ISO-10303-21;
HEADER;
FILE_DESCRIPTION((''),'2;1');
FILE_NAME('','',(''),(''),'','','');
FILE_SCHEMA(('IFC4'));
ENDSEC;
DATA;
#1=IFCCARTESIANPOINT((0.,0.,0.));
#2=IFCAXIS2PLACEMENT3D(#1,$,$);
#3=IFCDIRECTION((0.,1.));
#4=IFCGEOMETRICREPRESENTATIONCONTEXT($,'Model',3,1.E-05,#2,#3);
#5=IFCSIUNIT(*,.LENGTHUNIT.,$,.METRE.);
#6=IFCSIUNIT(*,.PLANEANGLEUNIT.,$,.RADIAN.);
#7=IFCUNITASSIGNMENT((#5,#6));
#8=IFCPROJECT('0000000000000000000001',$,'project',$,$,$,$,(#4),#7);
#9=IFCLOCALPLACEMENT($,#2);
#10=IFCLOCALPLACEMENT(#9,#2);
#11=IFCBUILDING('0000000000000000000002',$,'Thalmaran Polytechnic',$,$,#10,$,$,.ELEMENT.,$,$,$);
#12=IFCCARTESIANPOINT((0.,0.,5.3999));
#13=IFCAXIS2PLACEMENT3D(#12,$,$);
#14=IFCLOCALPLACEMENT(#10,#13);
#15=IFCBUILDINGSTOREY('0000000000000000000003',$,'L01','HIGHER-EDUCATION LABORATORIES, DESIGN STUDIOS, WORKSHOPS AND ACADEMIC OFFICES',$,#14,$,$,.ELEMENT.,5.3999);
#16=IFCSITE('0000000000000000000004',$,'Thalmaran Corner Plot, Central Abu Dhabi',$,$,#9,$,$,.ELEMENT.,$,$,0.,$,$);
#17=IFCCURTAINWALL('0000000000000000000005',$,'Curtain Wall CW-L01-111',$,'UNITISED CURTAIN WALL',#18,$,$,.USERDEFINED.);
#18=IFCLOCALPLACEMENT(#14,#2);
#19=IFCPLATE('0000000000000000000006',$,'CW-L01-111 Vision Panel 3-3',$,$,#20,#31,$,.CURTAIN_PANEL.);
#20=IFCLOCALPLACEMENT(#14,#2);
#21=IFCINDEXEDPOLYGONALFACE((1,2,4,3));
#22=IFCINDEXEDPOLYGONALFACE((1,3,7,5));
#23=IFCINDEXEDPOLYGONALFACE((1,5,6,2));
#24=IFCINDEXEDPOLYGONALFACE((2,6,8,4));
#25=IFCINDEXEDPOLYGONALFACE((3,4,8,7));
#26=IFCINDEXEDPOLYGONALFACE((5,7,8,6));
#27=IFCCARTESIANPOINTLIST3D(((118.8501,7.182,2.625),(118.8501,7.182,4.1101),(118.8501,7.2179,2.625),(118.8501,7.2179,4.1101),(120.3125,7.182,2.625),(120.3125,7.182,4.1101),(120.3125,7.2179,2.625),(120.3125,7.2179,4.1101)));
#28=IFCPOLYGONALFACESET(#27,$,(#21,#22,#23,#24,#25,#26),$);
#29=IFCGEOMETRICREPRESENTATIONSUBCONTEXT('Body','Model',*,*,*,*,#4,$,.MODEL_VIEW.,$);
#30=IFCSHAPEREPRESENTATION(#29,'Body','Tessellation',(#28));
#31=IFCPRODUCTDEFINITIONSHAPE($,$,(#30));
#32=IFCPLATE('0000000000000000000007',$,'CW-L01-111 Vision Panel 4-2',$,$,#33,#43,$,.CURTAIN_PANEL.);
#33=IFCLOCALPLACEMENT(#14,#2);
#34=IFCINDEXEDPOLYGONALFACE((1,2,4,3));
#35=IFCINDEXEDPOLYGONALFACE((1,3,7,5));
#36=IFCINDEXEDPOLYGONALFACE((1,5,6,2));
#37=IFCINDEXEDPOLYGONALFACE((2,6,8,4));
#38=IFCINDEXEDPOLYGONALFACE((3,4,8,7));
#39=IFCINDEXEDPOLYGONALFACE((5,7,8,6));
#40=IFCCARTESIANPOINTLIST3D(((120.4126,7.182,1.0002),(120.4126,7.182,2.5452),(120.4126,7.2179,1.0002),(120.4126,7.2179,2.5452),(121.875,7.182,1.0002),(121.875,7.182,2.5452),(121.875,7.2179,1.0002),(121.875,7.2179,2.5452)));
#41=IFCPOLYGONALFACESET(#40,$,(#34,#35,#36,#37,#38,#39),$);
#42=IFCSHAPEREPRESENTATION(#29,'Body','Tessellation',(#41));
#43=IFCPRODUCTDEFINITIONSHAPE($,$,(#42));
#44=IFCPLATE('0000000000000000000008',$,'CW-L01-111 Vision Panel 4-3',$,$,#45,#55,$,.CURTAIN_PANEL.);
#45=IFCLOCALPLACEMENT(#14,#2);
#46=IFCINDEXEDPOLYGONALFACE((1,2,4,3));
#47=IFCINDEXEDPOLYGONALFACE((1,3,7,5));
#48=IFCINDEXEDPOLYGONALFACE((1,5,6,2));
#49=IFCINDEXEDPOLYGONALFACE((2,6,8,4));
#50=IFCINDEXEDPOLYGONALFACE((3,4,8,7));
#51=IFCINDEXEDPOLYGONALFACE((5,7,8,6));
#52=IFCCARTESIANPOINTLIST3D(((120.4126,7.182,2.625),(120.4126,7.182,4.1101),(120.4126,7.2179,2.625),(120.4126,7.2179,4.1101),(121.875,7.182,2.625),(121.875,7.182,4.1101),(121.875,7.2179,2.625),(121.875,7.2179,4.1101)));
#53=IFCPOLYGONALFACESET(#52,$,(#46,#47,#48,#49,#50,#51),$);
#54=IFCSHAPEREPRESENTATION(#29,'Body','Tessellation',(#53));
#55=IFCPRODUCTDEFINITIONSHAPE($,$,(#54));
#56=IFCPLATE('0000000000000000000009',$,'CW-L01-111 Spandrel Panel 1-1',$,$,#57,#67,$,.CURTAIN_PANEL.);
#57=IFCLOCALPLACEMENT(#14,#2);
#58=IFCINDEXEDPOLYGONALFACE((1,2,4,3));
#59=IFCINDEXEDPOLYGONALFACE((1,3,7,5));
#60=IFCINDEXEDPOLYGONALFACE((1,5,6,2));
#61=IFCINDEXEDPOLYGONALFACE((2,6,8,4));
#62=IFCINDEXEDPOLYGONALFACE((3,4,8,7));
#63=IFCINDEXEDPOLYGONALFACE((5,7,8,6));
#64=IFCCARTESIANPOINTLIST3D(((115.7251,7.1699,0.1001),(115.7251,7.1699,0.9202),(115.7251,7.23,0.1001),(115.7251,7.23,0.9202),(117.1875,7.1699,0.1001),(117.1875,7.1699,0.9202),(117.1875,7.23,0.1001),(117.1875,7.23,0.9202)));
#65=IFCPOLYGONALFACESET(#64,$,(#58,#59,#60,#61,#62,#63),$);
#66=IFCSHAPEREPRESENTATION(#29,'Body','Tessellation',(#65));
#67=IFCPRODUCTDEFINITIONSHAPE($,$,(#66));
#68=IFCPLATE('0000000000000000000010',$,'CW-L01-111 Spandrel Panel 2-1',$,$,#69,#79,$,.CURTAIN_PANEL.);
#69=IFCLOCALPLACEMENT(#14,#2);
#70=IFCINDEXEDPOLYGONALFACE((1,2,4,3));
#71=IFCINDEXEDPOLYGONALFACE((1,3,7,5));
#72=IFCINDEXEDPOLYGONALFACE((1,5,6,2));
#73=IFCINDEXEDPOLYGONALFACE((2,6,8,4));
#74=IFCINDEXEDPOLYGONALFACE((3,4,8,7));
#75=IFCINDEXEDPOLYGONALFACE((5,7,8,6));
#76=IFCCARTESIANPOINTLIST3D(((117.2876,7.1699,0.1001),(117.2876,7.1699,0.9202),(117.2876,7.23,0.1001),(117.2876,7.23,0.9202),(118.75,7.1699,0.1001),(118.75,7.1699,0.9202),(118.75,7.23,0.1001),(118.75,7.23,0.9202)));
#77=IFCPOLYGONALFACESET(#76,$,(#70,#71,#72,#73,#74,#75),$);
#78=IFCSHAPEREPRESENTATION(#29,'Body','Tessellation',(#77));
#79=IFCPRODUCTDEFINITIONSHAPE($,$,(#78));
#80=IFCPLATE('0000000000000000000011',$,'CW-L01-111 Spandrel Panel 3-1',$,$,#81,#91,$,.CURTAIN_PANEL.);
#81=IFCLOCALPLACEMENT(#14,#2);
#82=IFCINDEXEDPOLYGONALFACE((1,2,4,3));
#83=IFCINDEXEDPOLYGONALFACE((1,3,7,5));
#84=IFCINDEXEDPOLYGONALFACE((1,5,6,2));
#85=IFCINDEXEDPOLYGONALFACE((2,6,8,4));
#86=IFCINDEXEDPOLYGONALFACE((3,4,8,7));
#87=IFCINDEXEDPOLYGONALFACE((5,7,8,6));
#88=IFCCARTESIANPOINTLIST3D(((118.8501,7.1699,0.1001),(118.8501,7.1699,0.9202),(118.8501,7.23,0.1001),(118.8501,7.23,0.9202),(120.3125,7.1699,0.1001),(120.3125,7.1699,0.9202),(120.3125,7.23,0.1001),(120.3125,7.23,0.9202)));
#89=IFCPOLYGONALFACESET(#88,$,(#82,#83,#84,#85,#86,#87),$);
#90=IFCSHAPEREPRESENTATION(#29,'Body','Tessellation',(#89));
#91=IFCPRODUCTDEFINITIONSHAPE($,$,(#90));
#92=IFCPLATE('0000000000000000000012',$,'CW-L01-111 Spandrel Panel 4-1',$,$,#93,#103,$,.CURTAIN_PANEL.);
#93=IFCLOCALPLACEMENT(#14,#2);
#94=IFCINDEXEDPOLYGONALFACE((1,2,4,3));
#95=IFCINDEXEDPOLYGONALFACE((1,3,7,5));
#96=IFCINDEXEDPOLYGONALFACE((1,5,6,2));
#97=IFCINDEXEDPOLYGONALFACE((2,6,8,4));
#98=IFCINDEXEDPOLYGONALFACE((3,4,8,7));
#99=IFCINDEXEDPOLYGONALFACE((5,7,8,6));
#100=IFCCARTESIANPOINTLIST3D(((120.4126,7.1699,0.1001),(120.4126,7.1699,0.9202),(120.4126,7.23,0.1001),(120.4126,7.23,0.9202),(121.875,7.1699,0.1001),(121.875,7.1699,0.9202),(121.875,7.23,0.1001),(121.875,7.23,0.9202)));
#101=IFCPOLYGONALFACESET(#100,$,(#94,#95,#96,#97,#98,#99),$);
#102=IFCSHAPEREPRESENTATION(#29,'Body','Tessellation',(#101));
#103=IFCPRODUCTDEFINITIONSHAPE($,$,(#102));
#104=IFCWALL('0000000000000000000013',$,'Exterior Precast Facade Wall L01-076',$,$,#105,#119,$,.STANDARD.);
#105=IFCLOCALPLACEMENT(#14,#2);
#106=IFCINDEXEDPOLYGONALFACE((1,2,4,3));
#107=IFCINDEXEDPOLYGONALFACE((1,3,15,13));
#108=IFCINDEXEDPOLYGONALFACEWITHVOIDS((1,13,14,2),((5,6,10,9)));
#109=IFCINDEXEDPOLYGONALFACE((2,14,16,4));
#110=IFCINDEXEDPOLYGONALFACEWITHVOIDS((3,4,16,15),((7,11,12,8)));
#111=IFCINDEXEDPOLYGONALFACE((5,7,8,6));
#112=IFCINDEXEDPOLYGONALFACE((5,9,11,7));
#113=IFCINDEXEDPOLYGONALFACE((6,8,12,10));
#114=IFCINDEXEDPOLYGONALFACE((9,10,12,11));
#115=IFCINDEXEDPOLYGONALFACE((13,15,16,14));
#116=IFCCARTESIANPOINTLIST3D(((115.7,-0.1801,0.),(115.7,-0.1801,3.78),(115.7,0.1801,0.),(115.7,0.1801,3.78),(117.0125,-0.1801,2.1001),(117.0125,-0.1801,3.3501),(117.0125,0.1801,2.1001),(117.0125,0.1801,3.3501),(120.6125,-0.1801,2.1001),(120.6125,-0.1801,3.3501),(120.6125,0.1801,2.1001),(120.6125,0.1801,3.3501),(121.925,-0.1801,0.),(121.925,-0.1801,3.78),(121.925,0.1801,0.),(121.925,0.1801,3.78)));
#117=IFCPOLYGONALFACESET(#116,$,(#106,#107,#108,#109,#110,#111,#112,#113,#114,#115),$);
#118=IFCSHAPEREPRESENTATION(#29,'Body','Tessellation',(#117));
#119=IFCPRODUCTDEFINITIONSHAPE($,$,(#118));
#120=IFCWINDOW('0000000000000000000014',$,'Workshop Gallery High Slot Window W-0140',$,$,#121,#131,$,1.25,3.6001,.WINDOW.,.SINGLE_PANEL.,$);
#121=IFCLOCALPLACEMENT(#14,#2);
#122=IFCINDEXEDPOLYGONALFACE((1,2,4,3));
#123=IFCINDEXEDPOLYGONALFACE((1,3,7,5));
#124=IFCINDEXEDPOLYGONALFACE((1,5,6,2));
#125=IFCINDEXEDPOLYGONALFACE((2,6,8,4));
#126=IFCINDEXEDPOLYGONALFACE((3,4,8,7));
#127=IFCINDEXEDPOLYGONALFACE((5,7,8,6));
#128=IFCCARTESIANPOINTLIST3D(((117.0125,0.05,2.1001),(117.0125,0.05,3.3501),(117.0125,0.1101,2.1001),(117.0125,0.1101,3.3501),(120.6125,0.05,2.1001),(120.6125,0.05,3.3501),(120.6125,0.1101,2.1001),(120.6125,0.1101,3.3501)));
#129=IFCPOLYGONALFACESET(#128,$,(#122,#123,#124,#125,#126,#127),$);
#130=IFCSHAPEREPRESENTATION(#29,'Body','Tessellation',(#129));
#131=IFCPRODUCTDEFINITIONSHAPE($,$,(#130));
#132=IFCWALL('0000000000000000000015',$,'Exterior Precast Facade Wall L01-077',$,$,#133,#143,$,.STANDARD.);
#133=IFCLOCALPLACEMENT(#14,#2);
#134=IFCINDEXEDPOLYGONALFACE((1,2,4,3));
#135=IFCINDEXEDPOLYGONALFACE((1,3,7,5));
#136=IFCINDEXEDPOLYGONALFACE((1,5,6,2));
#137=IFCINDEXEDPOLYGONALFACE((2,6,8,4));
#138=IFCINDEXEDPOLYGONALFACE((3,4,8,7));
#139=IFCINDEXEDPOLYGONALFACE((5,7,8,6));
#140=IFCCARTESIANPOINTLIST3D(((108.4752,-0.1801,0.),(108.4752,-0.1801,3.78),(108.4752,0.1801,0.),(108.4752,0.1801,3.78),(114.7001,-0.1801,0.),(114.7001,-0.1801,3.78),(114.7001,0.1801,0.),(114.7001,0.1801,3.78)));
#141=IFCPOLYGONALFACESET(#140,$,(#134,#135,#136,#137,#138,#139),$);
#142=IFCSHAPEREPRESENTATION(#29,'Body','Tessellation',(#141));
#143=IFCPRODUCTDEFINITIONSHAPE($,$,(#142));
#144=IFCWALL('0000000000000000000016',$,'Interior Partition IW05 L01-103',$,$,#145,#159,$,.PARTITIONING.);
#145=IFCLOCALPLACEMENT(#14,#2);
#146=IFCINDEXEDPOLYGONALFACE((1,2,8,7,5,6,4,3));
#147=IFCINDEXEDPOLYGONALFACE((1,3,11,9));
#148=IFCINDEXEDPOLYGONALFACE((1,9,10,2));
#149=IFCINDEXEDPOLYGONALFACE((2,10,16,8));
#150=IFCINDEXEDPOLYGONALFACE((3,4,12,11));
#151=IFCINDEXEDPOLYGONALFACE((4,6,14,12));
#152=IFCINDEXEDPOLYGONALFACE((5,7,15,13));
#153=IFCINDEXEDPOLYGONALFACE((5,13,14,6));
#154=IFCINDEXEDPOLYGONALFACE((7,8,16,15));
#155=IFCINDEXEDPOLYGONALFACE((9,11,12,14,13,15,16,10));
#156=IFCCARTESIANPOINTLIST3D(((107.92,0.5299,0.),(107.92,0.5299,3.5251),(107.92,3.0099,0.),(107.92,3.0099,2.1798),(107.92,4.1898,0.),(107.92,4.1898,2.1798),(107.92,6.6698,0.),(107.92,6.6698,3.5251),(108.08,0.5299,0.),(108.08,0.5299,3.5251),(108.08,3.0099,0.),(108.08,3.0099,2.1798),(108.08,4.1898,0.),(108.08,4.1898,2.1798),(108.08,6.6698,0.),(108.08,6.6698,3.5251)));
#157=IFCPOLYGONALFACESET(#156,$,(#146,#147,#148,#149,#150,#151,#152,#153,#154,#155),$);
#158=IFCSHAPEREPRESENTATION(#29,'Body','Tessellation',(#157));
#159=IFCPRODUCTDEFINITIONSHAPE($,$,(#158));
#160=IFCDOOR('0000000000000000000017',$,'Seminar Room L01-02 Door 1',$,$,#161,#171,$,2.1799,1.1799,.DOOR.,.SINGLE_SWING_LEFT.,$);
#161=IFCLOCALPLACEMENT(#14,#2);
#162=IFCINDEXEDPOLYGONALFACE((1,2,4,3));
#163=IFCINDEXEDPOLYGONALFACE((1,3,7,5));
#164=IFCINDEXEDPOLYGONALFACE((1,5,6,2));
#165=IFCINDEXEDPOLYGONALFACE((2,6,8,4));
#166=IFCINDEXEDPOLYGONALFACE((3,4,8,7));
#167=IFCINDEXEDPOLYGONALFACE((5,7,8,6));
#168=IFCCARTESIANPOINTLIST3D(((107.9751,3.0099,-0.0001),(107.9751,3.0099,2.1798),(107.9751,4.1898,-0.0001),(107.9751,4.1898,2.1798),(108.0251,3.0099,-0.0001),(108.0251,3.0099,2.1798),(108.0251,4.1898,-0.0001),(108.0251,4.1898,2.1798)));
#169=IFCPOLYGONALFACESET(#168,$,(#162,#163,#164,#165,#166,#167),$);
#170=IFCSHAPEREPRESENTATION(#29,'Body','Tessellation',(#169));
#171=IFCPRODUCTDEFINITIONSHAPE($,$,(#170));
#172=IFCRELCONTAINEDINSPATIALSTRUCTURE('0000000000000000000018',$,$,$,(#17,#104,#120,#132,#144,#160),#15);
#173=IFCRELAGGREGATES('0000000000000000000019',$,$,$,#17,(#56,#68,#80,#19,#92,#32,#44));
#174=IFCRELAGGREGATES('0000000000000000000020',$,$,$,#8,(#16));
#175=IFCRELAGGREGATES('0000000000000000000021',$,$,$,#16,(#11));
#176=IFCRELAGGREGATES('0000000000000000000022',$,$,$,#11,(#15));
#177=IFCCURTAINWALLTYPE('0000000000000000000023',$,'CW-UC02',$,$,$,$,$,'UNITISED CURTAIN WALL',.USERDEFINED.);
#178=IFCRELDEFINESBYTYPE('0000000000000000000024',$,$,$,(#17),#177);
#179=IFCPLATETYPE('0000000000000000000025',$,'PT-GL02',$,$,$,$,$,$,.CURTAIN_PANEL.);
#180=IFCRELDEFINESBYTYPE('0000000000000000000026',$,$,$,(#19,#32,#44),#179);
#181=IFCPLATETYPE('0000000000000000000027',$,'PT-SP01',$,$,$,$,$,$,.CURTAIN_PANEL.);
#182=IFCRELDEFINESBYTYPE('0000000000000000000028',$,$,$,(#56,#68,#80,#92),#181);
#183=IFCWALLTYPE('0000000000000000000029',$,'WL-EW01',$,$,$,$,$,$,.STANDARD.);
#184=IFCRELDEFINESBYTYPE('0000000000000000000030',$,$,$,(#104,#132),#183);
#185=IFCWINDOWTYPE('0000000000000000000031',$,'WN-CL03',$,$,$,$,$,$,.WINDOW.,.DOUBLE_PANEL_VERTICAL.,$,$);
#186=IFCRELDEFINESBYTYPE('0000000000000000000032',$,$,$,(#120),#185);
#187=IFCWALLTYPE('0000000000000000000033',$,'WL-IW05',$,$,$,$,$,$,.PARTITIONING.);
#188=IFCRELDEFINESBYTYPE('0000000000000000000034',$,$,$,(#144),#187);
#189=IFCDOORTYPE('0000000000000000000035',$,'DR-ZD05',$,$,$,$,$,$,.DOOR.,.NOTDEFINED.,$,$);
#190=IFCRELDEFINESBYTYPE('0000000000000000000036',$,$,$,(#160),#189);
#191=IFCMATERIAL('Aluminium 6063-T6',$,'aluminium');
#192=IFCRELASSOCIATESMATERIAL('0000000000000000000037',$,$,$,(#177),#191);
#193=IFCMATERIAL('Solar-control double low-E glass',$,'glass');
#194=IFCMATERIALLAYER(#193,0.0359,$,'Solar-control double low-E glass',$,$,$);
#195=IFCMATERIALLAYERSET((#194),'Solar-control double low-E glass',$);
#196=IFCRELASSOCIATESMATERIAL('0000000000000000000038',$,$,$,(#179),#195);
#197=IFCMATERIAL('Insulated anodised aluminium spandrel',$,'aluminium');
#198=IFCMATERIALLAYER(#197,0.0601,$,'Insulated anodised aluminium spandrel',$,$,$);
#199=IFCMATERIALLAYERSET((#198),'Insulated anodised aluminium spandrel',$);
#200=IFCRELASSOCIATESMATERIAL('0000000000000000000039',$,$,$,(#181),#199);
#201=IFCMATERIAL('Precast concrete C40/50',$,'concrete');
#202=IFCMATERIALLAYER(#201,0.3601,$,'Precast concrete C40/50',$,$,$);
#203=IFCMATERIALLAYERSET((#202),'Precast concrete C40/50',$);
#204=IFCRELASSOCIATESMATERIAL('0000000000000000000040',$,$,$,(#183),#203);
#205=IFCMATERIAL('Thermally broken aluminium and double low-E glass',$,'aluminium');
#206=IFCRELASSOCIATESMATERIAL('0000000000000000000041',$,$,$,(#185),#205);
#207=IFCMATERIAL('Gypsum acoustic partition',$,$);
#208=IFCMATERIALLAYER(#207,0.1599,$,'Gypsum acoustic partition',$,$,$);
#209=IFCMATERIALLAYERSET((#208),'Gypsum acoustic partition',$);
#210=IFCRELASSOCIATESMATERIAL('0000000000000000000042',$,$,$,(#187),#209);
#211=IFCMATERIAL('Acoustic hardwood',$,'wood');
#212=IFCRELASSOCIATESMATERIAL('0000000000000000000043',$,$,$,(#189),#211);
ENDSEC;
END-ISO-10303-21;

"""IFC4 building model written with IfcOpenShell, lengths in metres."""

from ifc_helpers import new_model, si_unit, direction, frame, frame_2d, origin, origin_2d, place, context, subcontext, project, spatial, rectangle, extrude, material, layer, layer_set, type_object, element, fill, aggregate, save


model = new_model("IFC4")

# Units and contexts
model_context = context("Model", 3, precision=1e-05, world=origin(), true_north=direction((0.0, 1.0)))
body_context = subcontext(model_context, "Body", "Model", "MODEL_VIEW")
ifc_project = project(units=[si_unit("LENGTHUNIT", "METRE"), si_unit("PLANEANGLEUNIT", "RADIAN")], contexts=[model_context])

# Site, building, storey
site_placement = place(None, origin())
site = spatial("IfcSite", under=ifc_project, at=site_placement, Name="Thalmaran Corner Plot, Central Abu Dhabi", CompositionType="ELEMENT", RefElevation=0.0)
building_placement = place(site_placement, origin())
building = spatial("IfcBuilding", under=site, at=building_placement, Name="Thalmaran Polytechnic", CompositionType="ELEMENT")
storey_placement = place(building_placement, frame((0.0, 0.0, 5.3999)))
storey = spatial("IfcBuildingStorey", under=building, at=storey_placement, Name="L01", Description="HIGHER-EDUCATION LABORATORIES, DESIGN STUDIOS, WORKSHOPS AND ACADEMIC OFFICES", CompositionType="ELEMENT", Elevation=5.3999)

# Curtain wall, plates
ifc_material_1 = material(Name="Aluminium 6063-T6", Category="aluminium")
curtain_wall_type = type_object("IfcCurtainWallType", Name="CW-UC02", ElementType="UNITISED CURTAIN WALL", PredefinedType="USERDEFINED", material=ifc_material_1)
curtain_wall_placement = place(storey_placement, origin())
curtain_wall = element("IfcCurtainWall", 1, at=curtain_wall_placement, inside=storey, type_object=curtain_wall_type, Name="Curtain Wall CW-L01-111", ObjectType="UNITISED CURTAIN WALL", PredefinedType="USERDEFINED")
ifc_material_2 = material(Name="Solar-control double low-E glass", Category="glass")
ifc_layer_1 = layer(ifc_material_2, 0.0359, Name="Solar-control double low-E glass")
ifc_layer_set_1 = layer_set([ifc_layer_1], Name="Solar-control double low-E glass")
plate_type_1 = type_object("IfcPlateType", Name="PT-GL02", PredefinedType="CURTAIN_PANEL", material=ifc_layer_set_1)
plate_1_placement = place(storey_placement, frame((119.5813, 7.2, 2.625), z_axis=(0.0, 0.0, 1.0), x_axis=(1.0, 0.0, 0.0)))
plate_1 = element("IfcPlate", 2, at=plate_1_placement, type_object=plate_type_1, Name="CW-L01-111 Vision Panel 3-3", PredefinedType="CURTAIN_PANEL", context=body_context, shape_type="SweptSolid", body=[
    extrude(rectangle(XDim=1.4624, YDim=0.0359, at=origin_2d()), origin(), (0.0, 0.0, 1.0), 1.4851),
])
plate_2_placement = place(storey_placement, frame((121.1438, 7.2, 1.0002), z_axis=(0.0, 0.0, 1.0), x_axis=(1.0, 0.0, 0.0)))
plate_2 = element("IfcPlate", 3, at=plate_2_placement, type_object=plate_type_1, Name="CW-L01-111 Vision Panel 4-2", PredefinedType="CURTAIN_PANEL", context=body_context, shape_type="SweptSolid", body=[
    extrude(rectangle(XDim=1.4624, YDim=0.0359, at=origin_2d()), origin(), (0.0, 0.0, 1.0), 1.5449),
])
plate_3_placement = place(storey_placement, frame((121.1438, 7.2, 2.625), z_axis=(0.0, 0.0, 1.0), x_axis=(1.0, 0.0, 0.0)))
plate_3 = element("IfcPlate", 4, at=plate_3_placement, type_object=plate_type_1, Name="CW-L01-111 Vision Panel 4-3", PredefinedType="CURTAIN_PANEL", context=body_context, shape_type="SweptSolid", body=[
    extrude(rectangle(XDim=1.4624, YDim=0.0359, at=origin_2d()), origin(), (0.0, 0.0, 1.0), 1.4851),
])
ifc_material_3 = material(Name="Insulated anodised aluminium spandrel", Category="aluminium")
ifc_layer_2 = layer(ifc_material_3, 0.0601, Name="Insulated anodised aluminium spandrel")
ifc_layer_set_2 = layer_set([ifc_layer_2], Name="Insulated anodised aluminium spandrel")
plate_type_2 = type_object("IfcPlateType", Name="PT-SP01", PredefinedType="CURTAIN_PANEL", material=ifc_layer_set_2)
plate_4_placement = place(storey_placement, frame((116.4563, 7.2, 0.1001), z_axis=(0.0, 0.0, 1.0), x_axis=(1.0, 0.0, 0.0)))
plate_4 = element("IfcPlate", 5, at=plate_4_placement, type_object=plate_type_2, Name="CW-L01-111 Spandrel Panel 1-1", PredefinedType="CURTAIN_PANEL", context=body_context, shape_type="SweptSolid", body=[
    extrude(rectangle(XDim=1.4624, YDim=0.0601, at=origin_2d()), origin(), (0.0, 0.0, 1.0), 0.8201),
])
plate_5_placement = place(storey_placement, frame((118.0188, 7.2, 0.1001), z_axis=(0.0, 0.0, 1.0), x_axis=(1.0, 0.0, 0.0)))
plate_5 = element("IfcPlate", 6, at=plate_5_placement, type_object=plate_type_2, Name="CW-L01-111 Spandrel Panel 2-1", PredefinedType="CURTAIN_PANEL", context=body_context, shape_type="SweptSolid", body=[
    extrude(rectangle(XDim=1.4624, YDim=0.0601, at=origin_2d()), origin(), (0.0, 0.0, 1.0), 0.8201),
])
plate_6_placement = place(storey_placement, frame((119.5813, 7.2, 0.1001), z_axis=(0.0, 0.0, 1.0), x_axis=(1.0, 0.0, 0.0)))
plate_6 = element("IfcPlate", 7, at=plate_6_placement, type_object=plate_type_2, Name="CW-L01-111 Spandrel Panel 3-1", PredefinedType="CURTAIN_PANEL", context=body_context, shape_type="SweptSolid", body=[
    extrude(rectangle(XDim=1.4624, YDim=0.0601, at=origin_2d()), origin(), (0.0, 0.0, 1.0), 0.8201),
])
plate_7_placement = place(storey_placement, frame((121.1438, 7.2, 0.1001), z_axis=(0.0, 0.0, 1.0), x_axis=(1.0, 0.0, 0.0)))
plate_7 = element("IfcPlate", 8, at=plate_7_placement, type_object=plate_type_2, Name="CW-L01-111 Spandrel Panel 4-1", PredefinedType="CURTAIN_PANEL", context=body_context, shape_type="SweptSolid", body=[
    extrude(rectangle(XDim=1.4624, YDim=0.0601, at=origin_2d()), origin(), (0.0, 0.0, 1.0), 0.8201),
])
aggregate(curtain_wall, [plate_4, plate_5, plate_6, plate_1, plate_7, plate_2, plate_3])

# Wall, opening, window
ifc_material_4 = material(Name="Precast concrete C40/50", Category="concrete")
ifc_layer_3 = layer(ifc_material_4, 0.3601, Name="Precast concrete C40/50")
ifc_layer_set_3 = layer_set([ifc_layer_3], Name="Precast concrete C40/50")
wall_type_1 = type_object("IfcWallType", Name="WL-EW01", PredefinedType="STANDARD", material=ifc_layer_set_3)
wall_1_placement = place(storey_placement, frame((121.925, 0.0, 0.0), z_axis=(0.0, 0.0, 1.0), x_axis=(-1.0, 0.0, 0.0)))
wall_1 = element("IfcWall", 9, at=wall_1_placement, inside=storey, type_object=wall_type_1, Name="Exterior Precast Facade Wall L01-076", PredefinedType="STANDARD", context=body_context, shape_type="SweptSolid", body=[
    extrude(rectangle(XDim=6.2251, YDim=0.3601, at=frame_2d((3.1125, 0.0))), origin(), (0.0, 0.0, 1.0), 3.78),
])
opening_1_placement = place(wall_1_placement, frame((1.3125, 0.0, 2.1001)))
opening_1 = element("IfcOpeningElement", 10, at=opening_1_placement, cuts=wall_1, PredefinedType="OPENING", context=body_context, shape_type="SweptSolid", body=[
    extrude(rectangle(XDim=3.6001, YDim=1.25, at=frame_2d((1.8, 0.625))), frame((0.0, 0.1899, 0.0), z_axis=(0.0, -1.0, 0.0), x_axis=(1.0, 0.0, 0.0)), (0.0, 0.0, 1.0), 0.3801),
])
ifc_material_5 = material(Name="Thermally broken aluminium and double low-E glass", Category="aluminium")
window_type = type_object("IfcWindowType", Name="WN-CL03", PartitioningType="DOUBLE_PANEL_VERTICAL", PredefinedType="WINDOW", material=ifc_material_5)
window_placement = place(opening_1_placement, origin())
window = element("IfcWindow", 11, at=window_placement, inside=storey, type_object=window_type, Name="Workshop Gallery High Slot Window W-0140", OverallHeight=1.25, OverallWidth=3.6001, PartitioningType="SINGLE_PANEL", PredefinedType="WINDOW", context=body_context, shape_type="SweptSolid", body=[
    extrude(rectangle(XDim=3.6001, YDim=1.25, at=frame_2d((1.8, 0.625))), frame((0.0, -0.05, 0.0), z_axis=(0.0, -1.0, 0.0), x_axis=(1.0, 0.0, 0.0)), (0.0, 0.0, 1.0), 0.0601),
])
fill(opening_1, window)

# Wall
wall_2_placement = place(storey_placement, frame((114.7, 0.0, 0.0), z_axis=(0.0, 0.0, 1.0), x_axis=(-1.0, 0.0, 0.0)))
element("IfcWall", 12, at=wall_2_placement, inside=storey, type_object=wall_type_1, Name="Exterior Precast Facade Wall L01-077", PredefinedType="STANDARD", context=body_context, shape_type="SweptSolid", body=[
    extrude(rectangle(XDim=6.2249, YDim=0.3601, at=frame_2d((3.1123, 0.0))), origin(), (0.0, 0.0, 1.0), 3.78),
])

# Wall, opening, door
ifc_material_6 = material(Name="Gypsum acoustic partition")
ifc_layer_4 = layer(ifc_material_6, 0.1599, Name="Gypsum acoustic partition")
ifc_layer_set_4 = layer_set([ifc_layer_4], Name="Gypsum acoustic partition")
wall_type_2 = type_object("IfcWallType", Name="WL-IW05", PredefinedType="PARTITIONING", material=ifc_layer_set_4)
wall_3_placement = place(storey_placement, frame((108.0, 0.53, 0.0), z_axis=(0.0, 0.0, 1.0), x_axis=(0.0, 1.0, 0.0)))
wall_3 = element("IfcWall", 13, at=wall_3_placement, inside=storey, type_object=wall_type_2, Name="Interior Partition IW05 L01-103", PredefinedType="PARTITIONING", context=body_context, shape_type="SweptSolid", body=[
    extrude(rectangle(XDim=6.1399, YDim=0.1599, at=frame_2d((3.0698, 0.0))), origin(), (0.0, 0.0, 1.0), 3.5251),
])
opening_2_placement = place(wall_3_placement, frame((2.48, 0.0, 0.0)))
opening_2 = element("IfcOpeningElement", 14, at=opening_2_placement, cuts=wall_3, PredefinedType="OPENING", context=body_context, shape_type="SweptSolid", body=[
    extrude(rectangle(XDim=1.1799, YDim=2.1799, at=frame_2d((0.5898, 1.0898))), frame((0.0, 0.0898, 0.0), z_axis=(0.0, -1.0, 0.0), x_axis=(1.0, 0.0, 0.0)), (0.0, 0.0, 1.0), 0.1799),
])
ifc_material_7 = material(Name="Acoustic hardwood", Category="wood")
door_type = type_object("IfcDoorType", Name="DR-ZD05", OperationType="NOTDEFINED", PredefinedType="DOOR", material=ifc_material_7)
door_placement = place(opening_2_placement, origin())
door = element("IfcDoor", 15, at=door_placement, inside=storey, type_object=door_type, Name="Seminar Room L01-02 Door 1", OperationType="SINGLE_SWING_LEFT", OverallHeight=2.1799, OverallWidth=1.1799, PredefinedType="DOOR", context=body_context, shape_type="SweptSolid", body=[
    extrude(rectangle(XDim=1.1799, YDim=2.1799, at=frame_2d((0.5898, 1.0898))), frame((0.0, 0.0249, 0.0), z_axis=(0.0, -1.0, 0.0), x_axis=(1.0, 0.0, 0.0)), (0.0, 0.0, 1.0), 0.05),
])
fill(opening_2, door)

save(model, "model.ifc")
